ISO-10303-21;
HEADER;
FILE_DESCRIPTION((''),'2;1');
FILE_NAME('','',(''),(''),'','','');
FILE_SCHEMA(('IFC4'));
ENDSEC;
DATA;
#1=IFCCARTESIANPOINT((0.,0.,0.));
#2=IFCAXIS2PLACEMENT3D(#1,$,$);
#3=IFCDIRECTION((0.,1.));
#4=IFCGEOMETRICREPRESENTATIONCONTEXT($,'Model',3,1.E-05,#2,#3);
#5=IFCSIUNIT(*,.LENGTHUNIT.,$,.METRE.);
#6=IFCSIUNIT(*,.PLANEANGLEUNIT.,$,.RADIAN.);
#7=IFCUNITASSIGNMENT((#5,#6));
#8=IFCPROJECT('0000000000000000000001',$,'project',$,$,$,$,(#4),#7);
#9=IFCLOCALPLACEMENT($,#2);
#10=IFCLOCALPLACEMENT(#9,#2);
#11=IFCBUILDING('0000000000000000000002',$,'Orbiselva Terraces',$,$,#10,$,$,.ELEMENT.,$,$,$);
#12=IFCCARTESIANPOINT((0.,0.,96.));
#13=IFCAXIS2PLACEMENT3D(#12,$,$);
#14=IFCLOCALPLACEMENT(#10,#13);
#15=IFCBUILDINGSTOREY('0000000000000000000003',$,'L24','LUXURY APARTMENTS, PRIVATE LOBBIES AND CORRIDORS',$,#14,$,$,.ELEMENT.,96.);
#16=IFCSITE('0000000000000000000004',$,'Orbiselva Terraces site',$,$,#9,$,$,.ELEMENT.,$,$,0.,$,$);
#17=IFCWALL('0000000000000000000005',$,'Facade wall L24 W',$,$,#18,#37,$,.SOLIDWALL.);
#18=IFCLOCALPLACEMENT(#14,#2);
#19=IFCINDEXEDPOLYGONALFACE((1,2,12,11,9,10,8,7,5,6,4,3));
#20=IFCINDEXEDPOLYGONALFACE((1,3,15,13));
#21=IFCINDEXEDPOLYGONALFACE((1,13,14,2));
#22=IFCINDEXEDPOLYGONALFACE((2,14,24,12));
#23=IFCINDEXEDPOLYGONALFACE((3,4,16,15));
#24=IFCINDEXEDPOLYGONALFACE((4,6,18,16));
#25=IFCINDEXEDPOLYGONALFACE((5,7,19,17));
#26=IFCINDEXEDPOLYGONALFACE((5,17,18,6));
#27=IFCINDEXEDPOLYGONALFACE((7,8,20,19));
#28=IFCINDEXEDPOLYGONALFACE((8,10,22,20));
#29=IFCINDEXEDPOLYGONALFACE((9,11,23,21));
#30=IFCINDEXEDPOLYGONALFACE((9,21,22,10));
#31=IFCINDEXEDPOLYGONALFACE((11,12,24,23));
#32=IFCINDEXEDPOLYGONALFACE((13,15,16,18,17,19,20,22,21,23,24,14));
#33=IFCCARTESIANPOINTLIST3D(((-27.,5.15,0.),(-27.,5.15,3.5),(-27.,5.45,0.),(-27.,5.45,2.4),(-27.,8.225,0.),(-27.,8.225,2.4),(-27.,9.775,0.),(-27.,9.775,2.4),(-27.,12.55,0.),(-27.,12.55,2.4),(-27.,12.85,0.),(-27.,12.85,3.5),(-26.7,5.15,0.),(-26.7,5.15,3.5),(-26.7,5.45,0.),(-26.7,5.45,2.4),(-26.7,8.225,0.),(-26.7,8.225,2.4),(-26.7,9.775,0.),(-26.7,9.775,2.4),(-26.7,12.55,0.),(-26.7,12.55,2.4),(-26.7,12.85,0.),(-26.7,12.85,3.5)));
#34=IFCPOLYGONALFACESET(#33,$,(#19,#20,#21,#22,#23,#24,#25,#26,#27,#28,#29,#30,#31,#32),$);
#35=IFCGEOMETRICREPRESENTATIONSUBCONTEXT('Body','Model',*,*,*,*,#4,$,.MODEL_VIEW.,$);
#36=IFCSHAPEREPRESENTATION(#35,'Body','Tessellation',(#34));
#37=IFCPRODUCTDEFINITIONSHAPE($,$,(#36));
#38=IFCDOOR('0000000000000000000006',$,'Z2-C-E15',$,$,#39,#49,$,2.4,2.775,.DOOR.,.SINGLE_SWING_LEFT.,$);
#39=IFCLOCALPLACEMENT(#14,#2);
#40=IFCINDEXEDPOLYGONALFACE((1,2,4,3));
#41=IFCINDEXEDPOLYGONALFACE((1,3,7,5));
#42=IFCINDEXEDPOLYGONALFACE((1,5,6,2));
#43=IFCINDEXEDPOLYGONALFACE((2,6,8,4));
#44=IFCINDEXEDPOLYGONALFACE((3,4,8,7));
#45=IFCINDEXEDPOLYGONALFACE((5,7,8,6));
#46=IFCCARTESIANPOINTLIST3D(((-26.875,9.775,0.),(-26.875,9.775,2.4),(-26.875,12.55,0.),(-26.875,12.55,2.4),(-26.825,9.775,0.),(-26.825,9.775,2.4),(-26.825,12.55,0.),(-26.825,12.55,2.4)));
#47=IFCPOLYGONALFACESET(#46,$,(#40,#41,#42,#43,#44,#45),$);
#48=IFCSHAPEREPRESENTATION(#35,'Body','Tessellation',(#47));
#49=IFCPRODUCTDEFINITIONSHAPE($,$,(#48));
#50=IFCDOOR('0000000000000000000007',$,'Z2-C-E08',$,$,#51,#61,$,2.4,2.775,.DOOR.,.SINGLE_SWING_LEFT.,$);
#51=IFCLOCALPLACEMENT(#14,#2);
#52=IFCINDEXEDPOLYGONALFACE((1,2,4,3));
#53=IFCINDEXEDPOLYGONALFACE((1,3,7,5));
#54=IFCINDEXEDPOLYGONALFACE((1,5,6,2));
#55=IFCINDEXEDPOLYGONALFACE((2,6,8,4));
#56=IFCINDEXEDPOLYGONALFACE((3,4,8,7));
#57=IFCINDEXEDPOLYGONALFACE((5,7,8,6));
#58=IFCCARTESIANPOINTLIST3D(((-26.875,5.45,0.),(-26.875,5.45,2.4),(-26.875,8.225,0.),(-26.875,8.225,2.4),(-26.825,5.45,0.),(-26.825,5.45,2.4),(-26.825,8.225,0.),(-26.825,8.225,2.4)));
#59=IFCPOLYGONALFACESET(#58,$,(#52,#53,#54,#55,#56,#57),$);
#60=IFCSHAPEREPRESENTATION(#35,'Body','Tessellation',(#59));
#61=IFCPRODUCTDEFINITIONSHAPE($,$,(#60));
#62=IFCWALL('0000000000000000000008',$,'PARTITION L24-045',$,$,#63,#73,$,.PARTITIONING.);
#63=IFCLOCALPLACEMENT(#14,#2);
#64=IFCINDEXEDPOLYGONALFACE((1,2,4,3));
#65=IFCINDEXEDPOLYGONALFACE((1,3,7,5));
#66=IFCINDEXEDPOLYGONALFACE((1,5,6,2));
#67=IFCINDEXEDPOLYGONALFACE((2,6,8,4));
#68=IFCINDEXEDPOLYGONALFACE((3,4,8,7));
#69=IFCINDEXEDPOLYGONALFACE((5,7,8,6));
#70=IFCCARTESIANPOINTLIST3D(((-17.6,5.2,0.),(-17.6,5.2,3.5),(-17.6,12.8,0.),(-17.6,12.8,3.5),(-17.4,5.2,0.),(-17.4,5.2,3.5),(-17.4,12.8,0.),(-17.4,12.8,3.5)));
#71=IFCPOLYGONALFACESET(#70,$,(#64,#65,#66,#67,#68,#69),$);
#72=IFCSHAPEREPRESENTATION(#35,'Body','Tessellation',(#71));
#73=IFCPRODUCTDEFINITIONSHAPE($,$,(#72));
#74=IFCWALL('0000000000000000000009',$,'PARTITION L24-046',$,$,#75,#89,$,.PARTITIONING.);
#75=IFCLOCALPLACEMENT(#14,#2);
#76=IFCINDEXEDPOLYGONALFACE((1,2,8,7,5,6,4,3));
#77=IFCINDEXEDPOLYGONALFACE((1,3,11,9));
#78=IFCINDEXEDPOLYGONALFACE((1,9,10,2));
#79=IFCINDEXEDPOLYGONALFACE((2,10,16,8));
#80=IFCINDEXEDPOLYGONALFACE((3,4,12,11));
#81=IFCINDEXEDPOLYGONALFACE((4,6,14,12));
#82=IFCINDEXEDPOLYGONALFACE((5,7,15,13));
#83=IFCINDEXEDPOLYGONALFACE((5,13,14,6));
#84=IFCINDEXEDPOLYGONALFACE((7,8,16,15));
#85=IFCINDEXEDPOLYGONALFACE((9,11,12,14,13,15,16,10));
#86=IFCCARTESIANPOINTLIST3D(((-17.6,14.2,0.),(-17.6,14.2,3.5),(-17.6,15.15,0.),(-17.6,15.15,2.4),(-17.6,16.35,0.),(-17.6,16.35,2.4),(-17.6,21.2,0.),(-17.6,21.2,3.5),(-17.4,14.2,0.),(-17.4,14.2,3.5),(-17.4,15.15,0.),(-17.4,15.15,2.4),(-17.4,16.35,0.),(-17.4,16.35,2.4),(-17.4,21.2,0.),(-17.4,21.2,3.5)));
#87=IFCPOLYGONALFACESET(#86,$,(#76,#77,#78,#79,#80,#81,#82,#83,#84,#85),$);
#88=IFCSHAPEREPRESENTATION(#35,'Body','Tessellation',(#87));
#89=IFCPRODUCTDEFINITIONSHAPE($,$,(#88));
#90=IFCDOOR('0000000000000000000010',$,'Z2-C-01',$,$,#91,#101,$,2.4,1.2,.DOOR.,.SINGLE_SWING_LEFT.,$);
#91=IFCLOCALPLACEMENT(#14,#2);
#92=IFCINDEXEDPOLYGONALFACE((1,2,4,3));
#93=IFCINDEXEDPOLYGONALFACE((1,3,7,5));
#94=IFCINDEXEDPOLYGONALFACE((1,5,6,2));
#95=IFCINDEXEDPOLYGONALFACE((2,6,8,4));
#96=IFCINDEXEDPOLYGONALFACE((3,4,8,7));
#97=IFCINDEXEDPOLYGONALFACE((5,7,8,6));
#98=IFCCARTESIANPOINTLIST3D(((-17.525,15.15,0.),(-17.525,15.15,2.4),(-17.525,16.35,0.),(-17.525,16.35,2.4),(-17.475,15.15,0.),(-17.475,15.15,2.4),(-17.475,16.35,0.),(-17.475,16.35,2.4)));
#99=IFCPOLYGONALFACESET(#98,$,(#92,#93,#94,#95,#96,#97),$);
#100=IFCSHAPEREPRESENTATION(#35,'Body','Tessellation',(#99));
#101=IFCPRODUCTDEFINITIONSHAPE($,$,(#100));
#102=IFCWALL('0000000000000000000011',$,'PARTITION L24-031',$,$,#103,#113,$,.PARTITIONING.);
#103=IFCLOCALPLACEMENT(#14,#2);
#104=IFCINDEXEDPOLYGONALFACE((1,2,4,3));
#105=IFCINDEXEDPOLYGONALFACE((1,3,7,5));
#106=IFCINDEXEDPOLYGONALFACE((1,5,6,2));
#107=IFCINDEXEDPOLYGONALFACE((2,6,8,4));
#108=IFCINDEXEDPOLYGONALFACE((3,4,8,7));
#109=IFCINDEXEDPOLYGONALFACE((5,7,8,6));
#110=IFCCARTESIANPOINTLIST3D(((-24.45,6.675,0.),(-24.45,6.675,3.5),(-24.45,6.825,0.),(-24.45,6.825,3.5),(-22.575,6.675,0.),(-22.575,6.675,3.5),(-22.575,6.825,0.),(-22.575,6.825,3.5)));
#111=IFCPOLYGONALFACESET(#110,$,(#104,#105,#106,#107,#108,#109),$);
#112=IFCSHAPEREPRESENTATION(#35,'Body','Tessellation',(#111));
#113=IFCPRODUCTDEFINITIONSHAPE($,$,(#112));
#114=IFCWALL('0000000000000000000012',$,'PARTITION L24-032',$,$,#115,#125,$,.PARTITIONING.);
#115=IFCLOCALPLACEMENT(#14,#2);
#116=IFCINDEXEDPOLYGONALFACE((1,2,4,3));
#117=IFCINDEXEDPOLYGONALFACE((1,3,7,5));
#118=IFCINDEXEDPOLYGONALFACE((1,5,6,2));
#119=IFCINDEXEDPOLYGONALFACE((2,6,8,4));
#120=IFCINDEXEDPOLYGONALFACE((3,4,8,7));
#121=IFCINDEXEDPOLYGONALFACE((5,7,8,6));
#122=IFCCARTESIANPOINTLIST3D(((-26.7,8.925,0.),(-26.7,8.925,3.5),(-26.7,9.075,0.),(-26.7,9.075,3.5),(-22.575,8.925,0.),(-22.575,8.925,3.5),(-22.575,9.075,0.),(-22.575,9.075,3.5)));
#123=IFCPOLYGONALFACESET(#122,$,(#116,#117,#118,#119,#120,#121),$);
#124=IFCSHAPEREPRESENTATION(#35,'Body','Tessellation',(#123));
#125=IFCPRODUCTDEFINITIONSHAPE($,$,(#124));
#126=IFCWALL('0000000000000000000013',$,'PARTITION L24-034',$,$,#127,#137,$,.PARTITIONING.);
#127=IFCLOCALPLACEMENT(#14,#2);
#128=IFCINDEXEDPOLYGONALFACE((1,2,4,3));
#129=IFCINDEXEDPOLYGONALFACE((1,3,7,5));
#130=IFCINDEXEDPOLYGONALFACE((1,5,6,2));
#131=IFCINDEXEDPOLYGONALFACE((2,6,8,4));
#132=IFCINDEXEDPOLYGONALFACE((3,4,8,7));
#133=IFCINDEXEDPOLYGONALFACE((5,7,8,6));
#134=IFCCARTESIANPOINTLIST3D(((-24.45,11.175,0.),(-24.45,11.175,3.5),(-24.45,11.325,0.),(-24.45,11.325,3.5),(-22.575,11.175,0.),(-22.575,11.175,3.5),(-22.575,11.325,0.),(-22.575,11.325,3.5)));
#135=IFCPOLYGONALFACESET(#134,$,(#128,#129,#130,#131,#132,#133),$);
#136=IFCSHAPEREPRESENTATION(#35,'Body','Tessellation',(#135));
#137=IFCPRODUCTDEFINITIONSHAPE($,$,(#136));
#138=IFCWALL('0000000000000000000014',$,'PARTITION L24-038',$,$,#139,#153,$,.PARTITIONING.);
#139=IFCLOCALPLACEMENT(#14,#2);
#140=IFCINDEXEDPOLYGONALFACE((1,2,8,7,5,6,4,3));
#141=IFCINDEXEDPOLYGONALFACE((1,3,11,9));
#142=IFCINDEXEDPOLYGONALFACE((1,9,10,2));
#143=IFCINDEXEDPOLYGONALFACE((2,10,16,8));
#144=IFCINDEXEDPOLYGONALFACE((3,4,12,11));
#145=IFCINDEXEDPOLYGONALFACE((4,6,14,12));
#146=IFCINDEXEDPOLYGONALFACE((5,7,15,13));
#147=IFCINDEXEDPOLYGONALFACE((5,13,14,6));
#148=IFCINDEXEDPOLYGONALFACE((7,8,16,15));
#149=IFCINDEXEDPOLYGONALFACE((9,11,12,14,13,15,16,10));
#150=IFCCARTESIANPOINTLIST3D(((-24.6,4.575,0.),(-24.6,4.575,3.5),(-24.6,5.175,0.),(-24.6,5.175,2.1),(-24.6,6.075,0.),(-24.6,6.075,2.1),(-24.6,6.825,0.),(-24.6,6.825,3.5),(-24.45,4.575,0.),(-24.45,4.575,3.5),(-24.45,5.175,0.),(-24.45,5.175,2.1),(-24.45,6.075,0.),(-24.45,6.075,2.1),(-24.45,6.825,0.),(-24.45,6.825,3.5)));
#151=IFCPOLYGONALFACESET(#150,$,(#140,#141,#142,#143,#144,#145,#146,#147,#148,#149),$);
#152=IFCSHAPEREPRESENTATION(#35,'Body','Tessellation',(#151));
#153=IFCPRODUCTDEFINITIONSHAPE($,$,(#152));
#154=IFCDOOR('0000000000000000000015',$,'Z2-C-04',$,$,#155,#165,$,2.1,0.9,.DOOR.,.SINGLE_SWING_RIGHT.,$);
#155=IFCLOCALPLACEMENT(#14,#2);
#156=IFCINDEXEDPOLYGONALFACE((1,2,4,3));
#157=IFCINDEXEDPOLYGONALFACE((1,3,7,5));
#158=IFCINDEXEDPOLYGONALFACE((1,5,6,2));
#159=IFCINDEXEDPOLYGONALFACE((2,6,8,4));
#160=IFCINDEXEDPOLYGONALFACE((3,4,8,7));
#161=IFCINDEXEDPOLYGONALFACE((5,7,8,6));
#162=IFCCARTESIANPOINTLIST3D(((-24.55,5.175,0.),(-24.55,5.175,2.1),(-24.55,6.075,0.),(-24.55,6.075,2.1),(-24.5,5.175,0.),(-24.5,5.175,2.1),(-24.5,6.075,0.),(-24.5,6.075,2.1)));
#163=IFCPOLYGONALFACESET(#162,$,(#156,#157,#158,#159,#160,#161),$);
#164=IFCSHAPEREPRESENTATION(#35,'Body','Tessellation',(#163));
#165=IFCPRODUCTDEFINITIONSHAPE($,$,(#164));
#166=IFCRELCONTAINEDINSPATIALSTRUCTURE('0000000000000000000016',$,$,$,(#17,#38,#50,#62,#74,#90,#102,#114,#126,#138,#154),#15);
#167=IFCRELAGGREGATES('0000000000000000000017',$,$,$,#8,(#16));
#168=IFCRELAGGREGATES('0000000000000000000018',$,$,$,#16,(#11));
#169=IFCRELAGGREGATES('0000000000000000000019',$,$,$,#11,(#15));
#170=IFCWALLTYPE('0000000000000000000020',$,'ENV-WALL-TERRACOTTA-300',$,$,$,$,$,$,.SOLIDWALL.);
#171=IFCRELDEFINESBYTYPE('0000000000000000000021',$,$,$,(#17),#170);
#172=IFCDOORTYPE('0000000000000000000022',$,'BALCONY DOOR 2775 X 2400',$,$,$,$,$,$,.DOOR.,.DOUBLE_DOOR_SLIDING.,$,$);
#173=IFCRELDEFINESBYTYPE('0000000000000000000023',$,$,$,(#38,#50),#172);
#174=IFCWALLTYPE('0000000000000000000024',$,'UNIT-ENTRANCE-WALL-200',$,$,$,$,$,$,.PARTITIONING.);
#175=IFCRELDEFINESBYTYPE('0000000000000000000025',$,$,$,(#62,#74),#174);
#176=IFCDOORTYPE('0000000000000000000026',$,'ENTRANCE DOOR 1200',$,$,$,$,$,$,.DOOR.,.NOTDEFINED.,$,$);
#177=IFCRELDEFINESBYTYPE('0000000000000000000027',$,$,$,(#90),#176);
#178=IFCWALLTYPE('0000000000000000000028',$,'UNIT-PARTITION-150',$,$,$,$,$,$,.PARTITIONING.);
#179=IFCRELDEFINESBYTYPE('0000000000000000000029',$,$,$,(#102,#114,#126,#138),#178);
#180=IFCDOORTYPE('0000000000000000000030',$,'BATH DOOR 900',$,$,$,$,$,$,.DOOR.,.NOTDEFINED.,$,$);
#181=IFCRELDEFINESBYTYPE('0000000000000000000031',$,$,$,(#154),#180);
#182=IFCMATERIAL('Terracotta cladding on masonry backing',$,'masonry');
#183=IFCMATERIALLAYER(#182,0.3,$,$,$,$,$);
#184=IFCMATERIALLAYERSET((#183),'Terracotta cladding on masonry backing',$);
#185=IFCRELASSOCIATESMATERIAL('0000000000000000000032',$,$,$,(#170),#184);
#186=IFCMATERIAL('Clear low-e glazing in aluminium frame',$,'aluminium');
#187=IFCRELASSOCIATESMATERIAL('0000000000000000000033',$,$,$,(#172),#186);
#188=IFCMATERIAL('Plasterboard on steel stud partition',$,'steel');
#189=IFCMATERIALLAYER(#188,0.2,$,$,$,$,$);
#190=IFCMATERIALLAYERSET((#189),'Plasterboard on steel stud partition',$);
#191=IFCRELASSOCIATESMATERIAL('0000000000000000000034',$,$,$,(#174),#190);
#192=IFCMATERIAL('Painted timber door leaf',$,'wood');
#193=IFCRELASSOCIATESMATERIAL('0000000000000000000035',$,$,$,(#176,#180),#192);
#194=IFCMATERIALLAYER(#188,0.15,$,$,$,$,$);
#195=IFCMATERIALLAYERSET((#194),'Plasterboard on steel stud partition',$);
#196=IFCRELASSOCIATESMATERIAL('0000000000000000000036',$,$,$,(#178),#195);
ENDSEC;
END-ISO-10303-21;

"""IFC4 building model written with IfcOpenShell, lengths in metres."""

from ifc_helpers import new_model, si_unit, direction, frame, frame_2d, origin, place, context, subcontext, project, spatial, rectangle, extrude, material, layer, layer_set, type_object, element, fill, save


model = new_model("IFC4")

# Units and contexts
model_context = context("Model", 3, precision=1e-05, world=origin(), true_north=direction((0.0, 1.0)))
body_context = subcontext(model_context, "Body", "Model", "MODEL_VIEW")
ifc_project = project(units=[si_unit("LENGTHUNIT", "METRE"), si_unit("PLANEANGLEUNIT", "RADIAN")], contexts=[model_context])

# Site, building, storey
site_placement = place(None, origin())
site = spatial("IfcSite", under=ifc_project, at=site_placement, Name="Orbiselva Terraces site", CompositionType="ELEMENT", RefElevation=0.0)
building_placement = place(site_placement, origin())
building = spatial("IfcBuilding", under=site, at=building_placement, Name="Orbiselva Terraces", CompositionType="ELEMENT")
storey_placement = place(building_placement, frame((0.0, 0.0, 96.0)))
storey = spatial("IfcBuildingStorey", under=building, at=storey_placement, Name="L24", Description="LUXURY APARTMENTS, PRIVATE LOBBIES AND CORRIDORS", CompositionType="ELEMENT", Elevation=96.0)

# Shared definitions
ifc_material_1 = material(Name="Terracotta cladding on masonry backing", Category="masonry")
ifc_layer_1 = layer(ifc_material_1, 0.3)
ifc_layer_set_1 = layer_set([ifc_layer_1], Name="Terracotta cladding on masonry backing")
wall_type_1 = type_object("IfcWallType", Name="ENV-WALL-TERRACOTTA-300", PredefinedType="SOLIDWALL", material=ifc_layer_set_1)
ifc_material_2 = material(Name="Clear low-e glazing in aluminium frame", Category="aluminium")

# Wall, openings, doors
wall_1_placement = place(storey_placement, frame((-26.85, 5.15, 0.0), z_axis=(0.0, 0.0, 1.0), x_axis=(0.0, 1.0, 0.0)))
wall_1 = element("IfcWall", 1, at=wall_1_placement, inside=storey, type_object=wall_type_1, Name="Facade wall L24 W", PredefinedType="SOLIDWALL", context=body_context, shape_type="SweptSolid", body=[
    extrude(rectangle(XDim=7.7, YDim=0.3, at=frame_2d((3.85, 0.0))), origin(), (0.0, 0.0, 1.0), 3.5),
])
opening_1_placement = place(wall_1_placement, frame((4.625, 0.0, 0.0)))
opening_1 = element("IfcOpeningElement", 2, at=opening_1_placement, cuts=wall_1, PredefinedType="OPENING", context=body_context, shape_type="SweptSolid", body=[
    extrude(rectangle(XDim=2.775, YDim=2.4, at=frame_2d((1.3875, 1.2))), frame((0.0, 0.16, 0.0), z_axis=(0.0, -1.0, 0.0), x_axis=(1.0, 0.0, 0.0)), (0.0, 0.0, 1.0), 0.32),
])
opening_2_placement = place(wall_1_placement, frame((0.3, 0.0, 0.0)))
opening_2 = element("IfcOpeningElement", 3, at=opening_2_placement, cuts=wall_1, PredefinedType="OPENING", context=body_context, shape_type="SweptSolid", body=[
    extrude(rectangle(XDim=2.775, YDim=2.4, at=frame_2d((1.3875, 1.2))), frame((0.0, 0.16, 0.0), z_axis=(0.0, -1.0, 0.0), x_axis=(1.0, 0.0, 0.0)), (0.0, 0.0, 1.0), 0.32),
])
door_type_1 = type_object("IfcDoorType", Name="BALCONY DOOR 2775 X 2400", OperationType="DOUBLE_DOOR_SLIDING", PredefinedType="DOOR", material=ifc_material_2)
door_1_placement = place(opening_1_placement, origin())
door_1 = element("IfcDoor", 4, at=door_1_placement, inside=storey, type_object=door_type_1, Name="Z2-C-E15", OperationType="SINGLE_SWING_LEFT", OverallHeight=2.4, OverallWidth=2.775, PredefinedType="DOOR", context=body_context, shape_type="SweptSolid", body=[
    extrude(rectangle(XDim=2.775, YDim=2.4, at=frame_2d((1.3875, 1.2))), frame((0.0, 0.025, 0.0), z_axis=(0.0, -1.0, 0.0), x_axis=(1.0, 0.0, 0.0)), (0.0, 0.0, 1.0), 0.05),
])
fill(opening_1, door_1)
door_2_placement = place(opening_2_placement, origin())
door_2 = element("IfcDoor", 5, at=door_2_placement, inside=storey, type_object=door_type_1, Name="Z2-C-E08", OperationType="SINGLE_SWING_LEFT", OverallHeight=2.4, OverallWidth=2.775, PredefinedType="DOOR", context=body_context, shape_type="SweptSolid", body=[
    extrude(rectangle(XDim=2.775, YDim=2.4, at=frame_2d((1.3875, 1.2))), frame((0.0, 0.025, 0.0), z_axis=(0.0, -1.0, 0.0), x_axis=(1.0, 0.0, 0.0)), (0.0, 0.0, 1.0), 0.05),
])
fill(opening_2, door_2)

# Wall
ifc_material_3 = material(Name="Plasterboard on steel stud partition", Category="steel")
ifc_layer_2 = layer(ifc_material_3, 0.2)
ifc_layer_set_2 = layer_set([ifc_layer_2], Name="Plasterboard on steel stud partition")
wall_type_2 = type_object("IfcWallType", Name="UNIT-ENTRANCE-WALL-200", PredefinedType="PARTITIONING", material=ifc_layer_set_2)
wall_2_placement = place(storey_placement, frame((-17.5, 5.2, 0.0), z_axis=(0.0, 0.0, 1.0), x_axis=(0.0, 1.0, 0.0)))
element("IfcWall", 6, at=wall_2_placement, inside=storey, type_object=wall_type_2, Name="PARTITION L24-045", PredefinedType="PARTITIONING", context=body_context, shape_type="SweptSolid", body=[
    extrude(rectangle(XDim=7.6, YDim=0.2, at=frame_2d((3.8, 0.0))), origin(), (0.0, 0.0, 1.0), 3.5),
])

# Wall, opening, door
wall_3_placement = place(storey_placement, frame((-17.5, 14.2, 0.0), z_axis=(0.0, 0.0, 1.0), x_axis=(0.0, 1.0, 0.0)))
wall_3 = element("IfcWall", 7, at=wall_3_placement, inside=storey, type_object=wall_type_2, Name="PARTITION L24-046", PredefinedType="PARTITIONING", context=body_context, shape_type="SweptSolid", body=[
    extrude(rectangle(XDim=7.0, YDim=0.2, at=frame_2d((3.5, 0.0))), origin(), (0.0, 0.0, 1.0), 3.5),
])
opening_3_placement = place(wall_3_placement, frame((0.95, 0.0, 0.0)))
opening_3 = element("IfcOpeningElement", 8, at=opening_3_placement, cuts=wall_3, PredefinedType="OPENING", context=body_context, shape_type="SweptSolid", body=[
    extrude(rectangle(XDim=1.2, YDim=2.4, at=frame_2d((0.6, 1.2))), frame((0.0, 0.11, 0.0), z_axis=(0.0, -1.0, 0.0), x_axis=(1.0, 0.0, 0.0)), (0.0, 0.0, 1.0), 0.22),
])
ifc_material_4 = material(Name="Painted timber door leaf", Category="wood")
door_type_2 = type_object("IfcDoorType", Name="ENTRANCE DOOR 1200", OperationType="NOTDEFINED", PredefinedType="DOOR", material=ifc_material_4)
door_3_placement = place(opening_3_placement, origin())
door_3 = element("IfcDoor", 9, at=door_3_placement, inside=storey, type_object=door_type_2, Name="Z2-C-01", OperationType="SINGLE_SWING_LEFT", OverallHeight=2.4, OverallWidth=1.2, PredefinedType="DOOR", context=body_context, shape_type="SweptSolid", body=[
    extrude(rectangle(XDim=1.2, YDim=2.4, at=frame_2d((0.6, 1.2))), frame((0.0, 0.025, 0.0), z_axis=(0.0, -1.0, 0.0), x_axis=(1.0, 0.0, 0.0)), (0.0, 0.0, 1.0), 0.05),
])
fill(opening_3, door_3)

# Walls
ifc_layer_3 = layer(ifc_material_3, 0.15)
ifc_layer_set_3 = layer_set([ifc_layer_3], Name="Plasterboard on steel stud partition")
wall_type_3 = type_object("IfcWallType", Name="UNIT-PARTITION-150", PredefinedType="PARTITIONING", material=ifc_layer_set_3)
wall_4_placement = place(storey_placement, frame((-24.45, 6.75, 0.0), z_axis=(0.0, 0.0, 1.0), x_axis=(1.0, 0.0, 0.0)))
element("IfcWall", 10, at=wall_4_placement, inside=storey, type_object=wall_type_3, Name="PARTITION L24-031", PredefinedType="PARTITIONING", context=body_context, shape_type="SweptSolid", body=[
    extrude(rectangle(XDim=1.875, YDim=0.15, at=frame_2d((0.9375, 0.0))), origin(), (0.0, 0.0, 1.0), 3.5),
])
wall_5_placement = place(storey_placement, frame((-26.7, 9.0, 0.0), z_axis=(0.0, 0.0, 1.0), x_axis=(1.0, 0.0, 0.0)))
element("IfcWall", 11, at=wall_5_placement, inside=storey, type_object=wall_type_3, Name="PARTITION L24-032", PredefinedType="PARTITIONING", context=body_context, shape_type="SweptSolid", body=[
    extrude(rectangle(XDim=4.125, YDim=0.15, at=frame_2d((2.0625, 0.0))), origin(), (0.0, 0.0, 1.0), 3.5),
])
wall_6_placement = place(storey_placement, frame((-24.45, 11.25, 0.0), z_axis=(0.0, 0.0, 1.0), x_axis=(1.0, 0.0, 0.0)))
element("IfcWall", 12, at=wall_6_placement, inside=storey, type_object=wall_type_3, Name="PARTITION L24-034", PredefinedType="PARTITIONING", context=body_context, shape_type="SweptSolid", body=[
    extrude(rectangle(XDim=1.875, YDim=0.15, at=frame_2d((0.9375, 0.0))), origin(), (0.0, 0.0, 1.0), 3.5),
])

# Wall, opening, door
wall_7_placement = place(storey_placement, frame((-24.525, 6.825, 0.0), z_axis=(0.0, 0.0, 1.0), x_axis=(0.0, -1.0, 0.0)))
wall_7 = element("IfcWall", 13, at=wall_7_placement, inside=storey, type_object=wall_type_3, Name="PARTITION L24-038", PredefinedType="PARTITIONING", context=body_context, shape_type="SweptSolid", body=[
    extrude(rectangle(XDim=2.25, YDim=0.15, at=frame_2d((1.125, 0.0))), origin(), (0.0, 0.0, 1.0), 3.5),
])
opening_4_placement = place(wall_7_placement, frame((0.75, 0.0, 0.0)))
opening_4 = element("IfcOpeningElement", 14, at=opening_4_placement, cuts=wall_7, PredefinedType="OPENING", context=body_context, shape_type="SweptSolid", body=[
    extrude(rectangle(XDim=0.9, YDim=2.1, at=frame_2d((0.45, 1.05))), frame((0.0, 0.085, 0.0), z_axis=(0.0, -1.0, 0.0), x_axis=(1.0, 0.0, 0.0)), (0.0, 0.0, 1.0), 0.17),
])
door_type_3 = type_object("IfcDoorType", Name="BATH DOOR 900", OperationType="NOTDEFINED", PredefinedType="DOOR", material=ifc_material_4)
door_4_placement = place(opening_4_placement, origin())
door_4 = element("IfcDoor", 15, at=door_4_placement, inside=storey, type_object=door_type_3, Name="Z2-C-04", OperationType="SINGLE_SWING_RIGHT", OverallHeight=2.1, OverallWidth=0.9, PredefinedType="DOOR", context=body_context, shape_type="SweptSolid", body=[
    extrude(rectangle(XDim=0.9, YDim=2.1, at=frame_2d((0.45, 1.05))), frame((0.0, 0.025, 0.0), z_axis=(0.0, -1.0, 0.0), x_axis=(1.0, 0.0, 0.0)), (0.0, 0.0, 1.0), 0.05),
])
fill(opening_4, door_4)

save(model, "model.ifc")
